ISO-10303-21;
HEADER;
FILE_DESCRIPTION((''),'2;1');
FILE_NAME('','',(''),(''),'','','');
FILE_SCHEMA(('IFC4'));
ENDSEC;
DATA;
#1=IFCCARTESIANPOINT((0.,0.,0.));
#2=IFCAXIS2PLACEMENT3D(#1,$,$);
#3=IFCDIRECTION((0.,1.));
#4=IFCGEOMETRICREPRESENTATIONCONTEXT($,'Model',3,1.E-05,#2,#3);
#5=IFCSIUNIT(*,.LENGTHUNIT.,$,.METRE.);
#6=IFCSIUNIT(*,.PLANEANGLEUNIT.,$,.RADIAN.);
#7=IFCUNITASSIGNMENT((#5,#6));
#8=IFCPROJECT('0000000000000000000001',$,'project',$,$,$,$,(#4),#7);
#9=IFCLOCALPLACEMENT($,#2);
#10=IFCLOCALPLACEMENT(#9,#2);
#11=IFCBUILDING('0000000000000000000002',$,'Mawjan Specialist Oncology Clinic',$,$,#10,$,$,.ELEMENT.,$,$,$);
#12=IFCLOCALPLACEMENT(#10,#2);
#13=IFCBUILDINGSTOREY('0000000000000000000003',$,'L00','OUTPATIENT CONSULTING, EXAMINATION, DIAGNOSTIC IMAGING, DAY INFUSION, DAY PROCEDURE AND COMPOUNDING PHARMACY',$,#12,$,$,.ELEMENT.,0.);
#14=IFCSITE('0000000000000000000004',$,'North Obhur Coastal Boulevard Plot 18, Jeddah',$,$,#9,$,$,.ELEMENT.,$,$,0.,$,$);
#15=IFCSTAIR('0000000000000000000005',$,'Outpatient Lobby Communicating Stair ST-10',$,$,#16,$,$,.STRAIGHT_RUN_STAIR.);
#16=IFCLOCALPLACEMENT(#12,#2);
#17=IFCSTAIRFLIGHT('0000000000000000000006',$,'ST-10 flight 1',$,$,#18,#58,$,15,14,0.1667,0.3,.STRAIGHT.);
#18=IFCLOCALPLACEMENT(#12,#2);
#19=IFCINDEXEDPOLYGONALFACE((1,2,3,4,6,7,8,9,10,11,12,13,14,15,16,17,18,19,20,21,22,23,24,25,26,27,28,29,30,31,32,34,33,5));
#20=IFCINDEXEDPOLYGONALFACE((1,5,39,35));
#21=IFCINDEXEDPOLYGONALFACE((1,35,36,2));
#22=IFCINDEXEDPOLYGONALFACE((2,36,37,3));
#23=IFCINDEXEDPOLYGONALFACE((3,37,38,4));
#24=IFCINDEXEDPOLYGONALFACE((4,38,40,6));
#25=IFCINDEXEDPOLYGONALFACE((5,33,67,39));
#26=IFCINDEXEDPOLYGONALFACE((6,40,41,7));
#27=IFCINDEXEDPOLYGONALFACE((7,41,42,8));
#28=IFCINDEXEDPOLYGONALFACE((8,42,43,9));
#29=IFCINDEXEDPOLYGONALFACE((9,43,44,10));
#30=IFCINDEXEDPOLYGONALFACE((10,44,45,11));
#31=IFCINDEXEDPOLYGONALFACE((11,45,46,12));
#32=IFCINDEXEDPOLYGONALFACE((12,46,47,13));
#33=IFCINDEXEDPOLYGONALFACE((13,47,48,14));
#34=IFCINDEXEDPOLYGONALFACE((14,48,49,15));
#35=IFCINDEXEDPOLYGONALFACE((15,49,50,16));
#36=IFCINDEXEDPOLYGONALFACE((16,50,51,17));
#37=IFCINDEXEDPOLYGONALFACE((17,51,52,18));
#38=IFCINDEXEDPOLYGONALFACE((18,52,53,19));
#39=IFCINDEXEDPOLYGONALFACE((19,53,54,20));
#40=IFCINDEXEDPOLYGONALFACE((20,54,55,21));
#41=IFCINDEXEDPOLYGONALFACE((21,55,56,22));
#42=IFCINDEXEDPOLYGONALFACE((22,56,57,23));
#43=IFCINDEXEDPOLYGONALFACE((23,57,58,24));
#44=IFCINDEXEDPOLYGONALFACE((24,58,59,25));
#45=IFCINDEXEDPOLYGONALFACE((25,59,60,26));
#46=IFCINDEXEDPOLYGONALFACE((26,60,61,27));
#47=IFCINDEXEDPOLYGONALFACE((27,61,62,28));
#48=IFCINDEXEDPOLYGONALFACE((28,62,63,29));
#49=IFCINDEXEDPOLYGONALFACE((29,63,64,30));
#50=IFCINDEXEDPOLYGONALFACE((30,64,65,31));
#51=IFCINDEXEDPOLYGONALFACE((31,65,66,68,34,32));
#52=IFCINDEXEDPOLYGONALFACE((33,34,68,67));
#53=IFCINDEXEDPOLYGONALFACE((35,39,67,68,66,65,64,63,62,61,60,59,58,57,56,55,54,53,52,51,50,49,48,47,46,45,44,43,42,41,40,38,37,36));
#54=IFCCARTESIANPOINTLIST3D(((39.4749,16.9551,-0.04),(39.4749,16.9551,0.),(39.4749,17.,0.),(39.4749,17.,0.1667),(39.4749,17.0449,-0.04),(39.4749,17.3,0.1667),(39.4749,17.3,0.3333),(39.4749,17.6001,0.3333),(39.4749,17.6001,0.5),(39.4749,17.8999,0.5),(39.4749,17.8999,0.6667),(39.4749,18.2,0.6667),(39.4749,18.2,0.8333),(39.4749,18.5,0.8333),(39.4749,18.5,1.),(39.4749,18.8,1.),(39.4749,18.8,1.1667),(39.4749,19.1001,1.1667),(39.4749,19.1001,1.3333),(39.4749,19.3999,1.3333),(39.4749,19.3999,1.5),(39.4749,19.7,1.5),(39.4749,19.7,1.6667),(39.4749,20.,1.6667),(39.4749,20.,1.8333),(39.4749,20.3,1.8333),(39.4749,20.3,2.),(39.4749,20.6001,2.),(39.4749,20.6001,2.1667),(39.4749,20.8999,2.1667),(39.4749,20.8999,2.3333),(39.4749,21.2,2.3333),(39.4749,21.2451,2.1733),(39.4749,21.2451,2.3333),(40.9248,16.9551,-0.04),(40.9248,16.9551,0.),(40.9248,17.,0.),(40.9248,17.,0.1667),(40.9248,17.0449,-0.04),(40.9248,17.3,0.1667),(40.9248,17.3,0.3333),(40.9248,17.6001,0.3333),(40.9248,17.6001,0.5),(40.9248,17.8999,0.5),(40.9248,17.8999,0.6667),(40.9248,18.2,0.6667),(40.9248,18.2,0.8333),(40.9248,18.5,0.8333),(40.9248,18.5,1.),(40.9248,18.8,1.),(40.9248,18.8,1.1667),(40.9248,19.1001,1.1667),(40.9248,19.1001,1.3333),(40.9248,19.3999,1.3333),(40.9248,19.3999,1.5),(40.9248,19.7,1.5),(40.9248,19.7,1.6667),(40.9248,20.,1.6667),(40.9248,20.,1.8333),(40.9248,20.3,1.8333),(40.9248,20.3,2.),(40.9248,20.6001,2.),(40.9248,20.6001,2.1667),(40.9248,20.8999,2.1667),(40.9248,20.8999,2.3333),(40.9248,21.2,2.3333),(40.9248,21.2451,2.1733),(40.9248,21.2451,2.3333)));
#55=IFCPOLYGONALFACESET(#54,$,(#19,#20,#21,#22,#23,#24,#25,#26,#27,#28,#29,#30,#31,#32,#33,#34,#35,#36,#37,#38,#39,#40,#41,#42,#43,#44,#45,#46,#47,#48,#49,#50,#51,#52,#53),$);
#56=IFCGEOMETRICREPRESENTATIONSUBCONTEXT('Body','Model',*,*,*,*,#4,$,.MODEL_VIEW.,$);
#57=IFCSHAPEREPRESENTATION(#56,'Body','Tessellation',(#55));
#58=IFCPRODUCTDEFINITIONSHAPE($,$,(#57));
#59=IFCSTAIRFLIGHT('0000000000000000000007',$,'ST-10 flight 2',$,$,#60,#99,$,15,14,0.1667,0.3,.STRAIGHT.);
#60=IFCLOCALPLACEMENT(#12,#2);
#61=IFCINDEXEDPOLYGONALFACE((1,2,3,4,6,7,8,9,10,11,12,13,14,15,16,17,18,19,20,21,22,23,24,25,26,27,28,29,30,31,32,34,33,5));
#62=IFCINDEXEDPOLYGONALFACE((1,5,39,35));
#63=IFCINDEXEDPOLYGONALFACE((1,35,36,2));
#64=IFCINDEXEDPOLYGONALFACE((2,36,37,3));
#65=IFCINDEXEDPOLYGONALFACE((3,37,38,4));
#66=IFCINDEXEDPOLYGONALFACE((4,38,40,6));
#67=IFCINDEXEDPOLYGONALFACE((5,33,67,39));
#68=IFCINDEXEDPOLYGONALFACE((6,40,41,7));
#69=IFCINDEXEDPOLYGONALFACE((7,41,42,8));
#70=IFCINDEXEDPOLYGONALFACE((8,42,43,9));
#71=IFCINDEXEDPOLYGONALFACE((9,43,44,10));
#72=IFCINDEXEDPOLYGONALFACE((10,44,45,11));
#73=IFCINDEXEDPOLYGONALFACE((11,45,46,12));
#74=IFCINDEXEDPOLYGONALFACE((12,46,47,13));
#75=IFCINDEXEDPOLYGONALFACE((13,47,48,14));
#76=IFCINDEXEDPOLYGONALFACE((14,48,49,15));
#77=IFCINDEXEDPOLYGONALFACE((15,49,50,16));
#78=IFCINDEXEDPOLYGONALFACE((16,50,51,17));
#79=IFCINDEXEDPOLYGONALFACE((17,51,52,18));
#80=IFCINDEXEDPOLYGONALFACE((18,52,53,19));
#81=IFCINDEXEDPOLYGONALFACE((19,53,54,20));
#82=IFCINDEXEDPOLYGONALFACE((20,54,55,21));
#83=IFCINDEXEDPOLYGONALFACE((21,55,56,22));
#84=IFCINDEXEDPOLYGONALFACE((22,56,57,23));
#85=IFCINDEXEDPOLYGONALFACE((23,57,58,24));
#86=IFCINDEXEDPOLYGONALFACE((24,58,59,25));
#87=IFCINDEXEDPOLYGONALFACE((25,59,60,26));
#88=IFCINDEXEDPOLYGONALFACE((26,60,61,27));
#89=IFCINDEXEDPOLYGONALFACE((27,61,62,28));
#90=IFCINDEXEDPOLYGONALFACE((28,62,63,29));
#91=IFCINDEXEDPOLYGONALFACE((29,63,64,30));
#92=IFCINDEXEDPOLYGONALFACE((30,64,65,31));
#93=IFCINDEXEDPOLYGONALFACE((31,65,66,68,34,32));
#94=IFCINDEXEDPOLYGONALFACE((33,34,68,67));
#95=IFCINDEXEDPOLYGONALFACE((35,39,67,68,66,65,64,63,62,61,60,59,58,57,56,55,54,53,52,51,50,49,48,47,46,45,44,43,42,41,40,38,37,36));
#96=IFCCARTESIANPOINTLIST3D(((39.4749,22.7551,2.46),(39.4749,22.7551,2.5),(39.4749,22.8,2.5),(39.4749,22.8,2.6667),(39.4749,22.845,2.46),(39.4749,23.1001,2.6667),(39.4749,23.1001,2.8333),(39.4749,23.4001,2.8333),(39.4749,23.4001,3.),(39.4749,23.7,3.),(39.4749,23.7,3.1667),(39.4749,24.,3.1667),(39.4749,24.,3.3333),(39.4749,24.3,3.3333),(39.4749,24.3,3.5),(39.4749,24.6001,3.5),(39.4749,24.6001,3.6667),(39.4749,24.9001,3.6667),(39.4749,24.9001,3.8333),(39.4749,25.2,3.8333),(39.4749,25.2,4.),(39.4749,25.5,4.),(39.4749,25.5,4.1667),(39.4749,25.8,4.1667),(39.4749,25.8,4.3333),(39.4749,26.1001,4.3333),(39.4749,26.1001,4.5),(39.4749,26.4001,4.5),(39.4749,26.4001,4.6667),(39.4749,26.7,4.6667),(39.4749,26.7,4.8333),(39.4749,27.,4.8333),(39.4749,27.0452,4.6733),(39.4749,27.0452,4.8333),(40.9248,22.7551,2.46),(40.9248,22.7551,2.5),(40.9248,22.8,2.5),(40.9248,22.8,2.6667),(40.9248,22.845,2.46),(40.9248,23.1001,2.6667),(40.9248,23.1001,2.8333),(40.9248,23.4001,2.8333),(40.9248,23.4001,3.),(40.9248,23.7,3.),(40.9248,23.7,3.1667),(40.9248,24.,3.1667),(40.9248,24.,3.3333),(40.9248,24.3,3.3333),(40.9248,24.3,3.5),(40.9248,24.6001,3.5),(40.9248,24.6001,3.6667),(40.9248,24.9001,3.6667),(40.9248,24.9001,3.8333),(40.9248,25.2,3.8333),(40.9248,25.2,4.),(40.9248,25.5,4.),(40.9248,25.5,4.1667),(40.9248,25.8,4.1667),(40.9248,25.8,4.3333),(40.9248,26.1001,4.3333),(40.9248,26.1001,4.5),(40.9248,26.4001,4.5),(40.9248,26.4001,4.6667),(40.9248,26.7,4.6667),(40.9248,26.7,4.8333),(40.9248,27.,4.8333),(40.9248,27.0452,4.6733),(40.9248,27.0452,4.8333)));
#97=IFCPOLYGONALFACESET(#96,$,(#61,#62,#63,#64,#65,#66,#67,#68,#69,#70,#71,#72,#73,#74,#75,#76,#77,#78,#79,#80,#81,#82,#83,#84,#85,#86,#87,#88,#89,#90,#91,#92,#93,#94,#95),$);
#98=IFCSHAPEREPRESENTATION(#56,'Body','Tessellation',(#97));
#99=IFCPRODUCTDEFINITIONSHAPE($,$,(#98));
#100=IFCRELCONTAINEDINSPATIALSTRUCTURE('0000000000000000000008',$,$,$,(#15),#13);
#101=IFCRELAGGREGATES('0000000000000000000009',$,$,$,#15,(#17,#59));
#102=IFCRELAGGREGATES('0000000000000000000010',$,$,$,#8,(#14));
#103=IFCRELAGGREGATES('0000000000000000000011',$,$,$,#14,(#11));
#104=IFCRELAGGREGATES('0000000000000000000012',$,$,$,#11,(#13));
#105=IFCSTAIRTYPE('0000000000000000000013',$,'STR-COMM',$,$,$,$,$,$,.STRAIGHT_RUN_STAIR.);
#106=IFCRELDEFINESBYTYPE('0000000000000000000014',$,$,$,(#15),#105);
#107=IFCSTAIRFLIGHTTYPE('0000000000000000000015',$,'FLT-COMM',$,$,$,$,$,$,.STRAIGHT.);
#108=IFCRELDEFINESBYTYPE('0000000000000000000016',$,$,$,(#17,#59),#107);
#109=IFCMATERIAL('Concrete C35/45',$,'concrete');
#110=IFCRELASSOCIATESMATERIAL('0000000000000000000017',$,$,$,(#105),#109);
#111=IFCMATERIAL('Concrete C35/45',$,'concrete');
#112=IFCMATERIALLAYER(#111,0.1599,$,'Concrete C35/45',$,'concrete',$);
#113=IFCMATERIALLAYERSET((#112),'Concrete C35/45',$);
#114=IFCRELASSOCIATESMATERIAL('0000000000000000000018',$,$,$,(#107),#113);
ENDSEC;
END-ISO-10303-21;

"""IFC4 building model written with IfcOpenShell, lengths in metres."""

from ifc_helpers import new_model, si_unit, direction, frame, origin, place, context, subcontext, project, spatial, polyline, outline, extrude, material, layer, layer_set, type_object, element, aggregate, save


model = new_model("IFC4")

# Units and contexts
model_context = context("Model", 3, precision=1e-05, world=origin(), true_north=direction((0.0, 1.0)))
body_context = subcontext(model_context, "Body", "Model", "MODEL_VIEW")
ifc_project = project(units=[si_unit("LENGTHUNIT", "METRE"), si_unit("PLANEANGLEUNIT", "RADIAN")], contexts=[model_context])

# Site, building, storey
site_placement = place(None, origin())
site = spatial("IfcSite", under=ifc_project, at=site_placement, Name="North Obhur Coastal Boulevard Plot 18, Jeddah", CompositionType="ELEMENT", RefElevation=0.0)
building_placement = place(site_placement, origin())
building = spatial("IfcBuilding", under=site, at=building_placement, Name="Mawjan Specialist Oncology Clinic", CompositionType="ELEMENT")
storey_placement = place(building_placement, origin())
storey = spatial("IfcBuildingStorey", under=building, at=storey_placement, Name="L00", Description="OUTPATIENT CONSULTING, EXAMINATION, DIAGNOSTIC IMAGING, DAY INFUSION, DAY PROCEDURE AND COMPOUNDING PHARMACY", CompositionType="ELEMENT", Elevation=0.0)

# Stair, stair flights
ifc_material_1 = material(Name="Concrete C35/45", Category="concrete")
stair_type = type_object("IfcStairType", Name="STR-COMM", PredefinedType="STRAIGHT_RUN_STAIR", material=ifc_material_1)
stair_placement = place(storey_placement, origin())
stair = element("IfcStair", 1, at=stair_placement, inside=storey, type_object=stair_type, Name="Outpatient Lobby Communicating Stair ST-10", PredefinedType="STRAIGHT_RUN_STAIR")
ifc_material_2 = material(Name="Concrete C35/45", Category="concrete")
ifc_layer_1 = layer(ifc_material_2, 0.1599, Name="Concrete C35/45", Category="concrete")
ifc_layer_set_1 = layer_set([ifc_layer_1], Name="Concrete C35/45")
stair_flight_type = type_object("IfcStairFlightType", Name="FLT-COMM", PredefinedType="STRAIGHT", material=ifc_layer_set_1)
stair_flight_1_placement = place(storey_placement, frame((40.2, 17.0, 0.0), z_axis=(0.0, 0.0, 1.0), x_axis=(0.0, 1.0, 0.0)))
stair_flight_1 = element("IfcStairFlight", 2, at=stair_flight_1_placement, type_object=stair_flight_type, Name="ST-10 flight 1", NumberOfRisers=15, NumberOfTreads=14, PredefinedType="STRAIGHT", RiserHeight=0.1667, TreadLength=0.3, context=body_context, shape_type="SweptSolid", body=[
    extrude(outline(polyline([(-0.0449, -0.04), (-0.0449, 0.0), (0.0, 0.0), (0.0, 0.1667), (0.3, 0.1667), (0.3, 0.3333), (0.6001, 0.3333), (0.6001, 0.5), (0.8999, 0.5), (0.8999, 0.6667), (1.2, 0.6667), (1.2, 0.8333), (1.5, 0.8333), (1.5, 1.0), (1.8, 1.0), (1.8, 1.1667), (2.1001, 1.1667), (2.1001, 1.3333), (2.3999, 1.3333), (2.3999, 1.5), (2.7, 1.5), (2.7, 1.6667), (3.0, 1.6667), (3.0, 1.8333), (3.3, 1.8333), (3.3, 2.0), (3.6001, 2.0), (3.6001, 2.1667), (3.8999, 2.1667), (3.8999, 2.3333), (4.2, 2.3333), (4.2451, 2.3333), (4.2451, 2.1733), (0.0449, -0.04), (-0.0449, -0.04)])), frame((0.0, 0.7251, 0.0), z_axis=(0.0, -1.0, 0.0), x_axis=(1.0, 0.0, 0.0)), (0.0, 0.0, 1.0), 1.45),
])
stair_flight_2_placement = place(storey_placement, frame((40.2, 22.8, 2.5), z_axis=(0.0, 0.0, 1.0), x_axis=(0.0, 1.0, 0.0)))
stair_flight_2 = element("IfcStairFlight", 3, at=stair_flight_2_placement, type_object=stair_flight_type, Name="ST-10 flight 2", NumberOfRisers=15, NumberOfTreads=14, PredefinedType="STRAIGHT", RiserHeight=0.1667, TreadLength=0.3, context=body_context, shape_type="SweptSolid", body=[
    extrude(outline(polyline([(-0.0449, -0.04), (-0.0449, 0.0), (0.0, 0.0), (0.0, 0.1667), (0.3, 0.1667), (0.3, 0.3333), (0.6001, 0.3333), (0.6001, 0.5), (0.8999, 0.5), (0.8999, 0.6667), (1.2, 0.6667), (1.2, 0.8333), (1.5, 0.8333), (1.5, 1.0), (1.8, 1.0), (1.8, 1.1667), (2.1001, 1.1667), (2.1001, 1.3333), (2.3999, 1.3333), (2.3999, 1.5), (2.7, 1.5), (2.7, 1.6667), (3.0, 1.6667), (3.0, 1.8333), (3.3, 1.8333), (3.3, 2.0), (3.6001, 2.0), (3.6001, 2.1667), (3.8999, 2.1667), (3.8999, 2.3333), (4.2, 2.3333), (4.2451, 2.3333), (4.2451, 2.1733), (0.0449, -0.04), (-0.0449, -0.04)])), frame((0.0, 0.7251, 0.0), z_axis=(0.0, -1.0, 0.0), x_axis=(1.0, 0.0, 0.0)), (0.0, 0.0, 1.0), 1.45),
])
aggregate(stair, [stair_flight_1, stair_flight_2])

save(model, "model.ifc")
